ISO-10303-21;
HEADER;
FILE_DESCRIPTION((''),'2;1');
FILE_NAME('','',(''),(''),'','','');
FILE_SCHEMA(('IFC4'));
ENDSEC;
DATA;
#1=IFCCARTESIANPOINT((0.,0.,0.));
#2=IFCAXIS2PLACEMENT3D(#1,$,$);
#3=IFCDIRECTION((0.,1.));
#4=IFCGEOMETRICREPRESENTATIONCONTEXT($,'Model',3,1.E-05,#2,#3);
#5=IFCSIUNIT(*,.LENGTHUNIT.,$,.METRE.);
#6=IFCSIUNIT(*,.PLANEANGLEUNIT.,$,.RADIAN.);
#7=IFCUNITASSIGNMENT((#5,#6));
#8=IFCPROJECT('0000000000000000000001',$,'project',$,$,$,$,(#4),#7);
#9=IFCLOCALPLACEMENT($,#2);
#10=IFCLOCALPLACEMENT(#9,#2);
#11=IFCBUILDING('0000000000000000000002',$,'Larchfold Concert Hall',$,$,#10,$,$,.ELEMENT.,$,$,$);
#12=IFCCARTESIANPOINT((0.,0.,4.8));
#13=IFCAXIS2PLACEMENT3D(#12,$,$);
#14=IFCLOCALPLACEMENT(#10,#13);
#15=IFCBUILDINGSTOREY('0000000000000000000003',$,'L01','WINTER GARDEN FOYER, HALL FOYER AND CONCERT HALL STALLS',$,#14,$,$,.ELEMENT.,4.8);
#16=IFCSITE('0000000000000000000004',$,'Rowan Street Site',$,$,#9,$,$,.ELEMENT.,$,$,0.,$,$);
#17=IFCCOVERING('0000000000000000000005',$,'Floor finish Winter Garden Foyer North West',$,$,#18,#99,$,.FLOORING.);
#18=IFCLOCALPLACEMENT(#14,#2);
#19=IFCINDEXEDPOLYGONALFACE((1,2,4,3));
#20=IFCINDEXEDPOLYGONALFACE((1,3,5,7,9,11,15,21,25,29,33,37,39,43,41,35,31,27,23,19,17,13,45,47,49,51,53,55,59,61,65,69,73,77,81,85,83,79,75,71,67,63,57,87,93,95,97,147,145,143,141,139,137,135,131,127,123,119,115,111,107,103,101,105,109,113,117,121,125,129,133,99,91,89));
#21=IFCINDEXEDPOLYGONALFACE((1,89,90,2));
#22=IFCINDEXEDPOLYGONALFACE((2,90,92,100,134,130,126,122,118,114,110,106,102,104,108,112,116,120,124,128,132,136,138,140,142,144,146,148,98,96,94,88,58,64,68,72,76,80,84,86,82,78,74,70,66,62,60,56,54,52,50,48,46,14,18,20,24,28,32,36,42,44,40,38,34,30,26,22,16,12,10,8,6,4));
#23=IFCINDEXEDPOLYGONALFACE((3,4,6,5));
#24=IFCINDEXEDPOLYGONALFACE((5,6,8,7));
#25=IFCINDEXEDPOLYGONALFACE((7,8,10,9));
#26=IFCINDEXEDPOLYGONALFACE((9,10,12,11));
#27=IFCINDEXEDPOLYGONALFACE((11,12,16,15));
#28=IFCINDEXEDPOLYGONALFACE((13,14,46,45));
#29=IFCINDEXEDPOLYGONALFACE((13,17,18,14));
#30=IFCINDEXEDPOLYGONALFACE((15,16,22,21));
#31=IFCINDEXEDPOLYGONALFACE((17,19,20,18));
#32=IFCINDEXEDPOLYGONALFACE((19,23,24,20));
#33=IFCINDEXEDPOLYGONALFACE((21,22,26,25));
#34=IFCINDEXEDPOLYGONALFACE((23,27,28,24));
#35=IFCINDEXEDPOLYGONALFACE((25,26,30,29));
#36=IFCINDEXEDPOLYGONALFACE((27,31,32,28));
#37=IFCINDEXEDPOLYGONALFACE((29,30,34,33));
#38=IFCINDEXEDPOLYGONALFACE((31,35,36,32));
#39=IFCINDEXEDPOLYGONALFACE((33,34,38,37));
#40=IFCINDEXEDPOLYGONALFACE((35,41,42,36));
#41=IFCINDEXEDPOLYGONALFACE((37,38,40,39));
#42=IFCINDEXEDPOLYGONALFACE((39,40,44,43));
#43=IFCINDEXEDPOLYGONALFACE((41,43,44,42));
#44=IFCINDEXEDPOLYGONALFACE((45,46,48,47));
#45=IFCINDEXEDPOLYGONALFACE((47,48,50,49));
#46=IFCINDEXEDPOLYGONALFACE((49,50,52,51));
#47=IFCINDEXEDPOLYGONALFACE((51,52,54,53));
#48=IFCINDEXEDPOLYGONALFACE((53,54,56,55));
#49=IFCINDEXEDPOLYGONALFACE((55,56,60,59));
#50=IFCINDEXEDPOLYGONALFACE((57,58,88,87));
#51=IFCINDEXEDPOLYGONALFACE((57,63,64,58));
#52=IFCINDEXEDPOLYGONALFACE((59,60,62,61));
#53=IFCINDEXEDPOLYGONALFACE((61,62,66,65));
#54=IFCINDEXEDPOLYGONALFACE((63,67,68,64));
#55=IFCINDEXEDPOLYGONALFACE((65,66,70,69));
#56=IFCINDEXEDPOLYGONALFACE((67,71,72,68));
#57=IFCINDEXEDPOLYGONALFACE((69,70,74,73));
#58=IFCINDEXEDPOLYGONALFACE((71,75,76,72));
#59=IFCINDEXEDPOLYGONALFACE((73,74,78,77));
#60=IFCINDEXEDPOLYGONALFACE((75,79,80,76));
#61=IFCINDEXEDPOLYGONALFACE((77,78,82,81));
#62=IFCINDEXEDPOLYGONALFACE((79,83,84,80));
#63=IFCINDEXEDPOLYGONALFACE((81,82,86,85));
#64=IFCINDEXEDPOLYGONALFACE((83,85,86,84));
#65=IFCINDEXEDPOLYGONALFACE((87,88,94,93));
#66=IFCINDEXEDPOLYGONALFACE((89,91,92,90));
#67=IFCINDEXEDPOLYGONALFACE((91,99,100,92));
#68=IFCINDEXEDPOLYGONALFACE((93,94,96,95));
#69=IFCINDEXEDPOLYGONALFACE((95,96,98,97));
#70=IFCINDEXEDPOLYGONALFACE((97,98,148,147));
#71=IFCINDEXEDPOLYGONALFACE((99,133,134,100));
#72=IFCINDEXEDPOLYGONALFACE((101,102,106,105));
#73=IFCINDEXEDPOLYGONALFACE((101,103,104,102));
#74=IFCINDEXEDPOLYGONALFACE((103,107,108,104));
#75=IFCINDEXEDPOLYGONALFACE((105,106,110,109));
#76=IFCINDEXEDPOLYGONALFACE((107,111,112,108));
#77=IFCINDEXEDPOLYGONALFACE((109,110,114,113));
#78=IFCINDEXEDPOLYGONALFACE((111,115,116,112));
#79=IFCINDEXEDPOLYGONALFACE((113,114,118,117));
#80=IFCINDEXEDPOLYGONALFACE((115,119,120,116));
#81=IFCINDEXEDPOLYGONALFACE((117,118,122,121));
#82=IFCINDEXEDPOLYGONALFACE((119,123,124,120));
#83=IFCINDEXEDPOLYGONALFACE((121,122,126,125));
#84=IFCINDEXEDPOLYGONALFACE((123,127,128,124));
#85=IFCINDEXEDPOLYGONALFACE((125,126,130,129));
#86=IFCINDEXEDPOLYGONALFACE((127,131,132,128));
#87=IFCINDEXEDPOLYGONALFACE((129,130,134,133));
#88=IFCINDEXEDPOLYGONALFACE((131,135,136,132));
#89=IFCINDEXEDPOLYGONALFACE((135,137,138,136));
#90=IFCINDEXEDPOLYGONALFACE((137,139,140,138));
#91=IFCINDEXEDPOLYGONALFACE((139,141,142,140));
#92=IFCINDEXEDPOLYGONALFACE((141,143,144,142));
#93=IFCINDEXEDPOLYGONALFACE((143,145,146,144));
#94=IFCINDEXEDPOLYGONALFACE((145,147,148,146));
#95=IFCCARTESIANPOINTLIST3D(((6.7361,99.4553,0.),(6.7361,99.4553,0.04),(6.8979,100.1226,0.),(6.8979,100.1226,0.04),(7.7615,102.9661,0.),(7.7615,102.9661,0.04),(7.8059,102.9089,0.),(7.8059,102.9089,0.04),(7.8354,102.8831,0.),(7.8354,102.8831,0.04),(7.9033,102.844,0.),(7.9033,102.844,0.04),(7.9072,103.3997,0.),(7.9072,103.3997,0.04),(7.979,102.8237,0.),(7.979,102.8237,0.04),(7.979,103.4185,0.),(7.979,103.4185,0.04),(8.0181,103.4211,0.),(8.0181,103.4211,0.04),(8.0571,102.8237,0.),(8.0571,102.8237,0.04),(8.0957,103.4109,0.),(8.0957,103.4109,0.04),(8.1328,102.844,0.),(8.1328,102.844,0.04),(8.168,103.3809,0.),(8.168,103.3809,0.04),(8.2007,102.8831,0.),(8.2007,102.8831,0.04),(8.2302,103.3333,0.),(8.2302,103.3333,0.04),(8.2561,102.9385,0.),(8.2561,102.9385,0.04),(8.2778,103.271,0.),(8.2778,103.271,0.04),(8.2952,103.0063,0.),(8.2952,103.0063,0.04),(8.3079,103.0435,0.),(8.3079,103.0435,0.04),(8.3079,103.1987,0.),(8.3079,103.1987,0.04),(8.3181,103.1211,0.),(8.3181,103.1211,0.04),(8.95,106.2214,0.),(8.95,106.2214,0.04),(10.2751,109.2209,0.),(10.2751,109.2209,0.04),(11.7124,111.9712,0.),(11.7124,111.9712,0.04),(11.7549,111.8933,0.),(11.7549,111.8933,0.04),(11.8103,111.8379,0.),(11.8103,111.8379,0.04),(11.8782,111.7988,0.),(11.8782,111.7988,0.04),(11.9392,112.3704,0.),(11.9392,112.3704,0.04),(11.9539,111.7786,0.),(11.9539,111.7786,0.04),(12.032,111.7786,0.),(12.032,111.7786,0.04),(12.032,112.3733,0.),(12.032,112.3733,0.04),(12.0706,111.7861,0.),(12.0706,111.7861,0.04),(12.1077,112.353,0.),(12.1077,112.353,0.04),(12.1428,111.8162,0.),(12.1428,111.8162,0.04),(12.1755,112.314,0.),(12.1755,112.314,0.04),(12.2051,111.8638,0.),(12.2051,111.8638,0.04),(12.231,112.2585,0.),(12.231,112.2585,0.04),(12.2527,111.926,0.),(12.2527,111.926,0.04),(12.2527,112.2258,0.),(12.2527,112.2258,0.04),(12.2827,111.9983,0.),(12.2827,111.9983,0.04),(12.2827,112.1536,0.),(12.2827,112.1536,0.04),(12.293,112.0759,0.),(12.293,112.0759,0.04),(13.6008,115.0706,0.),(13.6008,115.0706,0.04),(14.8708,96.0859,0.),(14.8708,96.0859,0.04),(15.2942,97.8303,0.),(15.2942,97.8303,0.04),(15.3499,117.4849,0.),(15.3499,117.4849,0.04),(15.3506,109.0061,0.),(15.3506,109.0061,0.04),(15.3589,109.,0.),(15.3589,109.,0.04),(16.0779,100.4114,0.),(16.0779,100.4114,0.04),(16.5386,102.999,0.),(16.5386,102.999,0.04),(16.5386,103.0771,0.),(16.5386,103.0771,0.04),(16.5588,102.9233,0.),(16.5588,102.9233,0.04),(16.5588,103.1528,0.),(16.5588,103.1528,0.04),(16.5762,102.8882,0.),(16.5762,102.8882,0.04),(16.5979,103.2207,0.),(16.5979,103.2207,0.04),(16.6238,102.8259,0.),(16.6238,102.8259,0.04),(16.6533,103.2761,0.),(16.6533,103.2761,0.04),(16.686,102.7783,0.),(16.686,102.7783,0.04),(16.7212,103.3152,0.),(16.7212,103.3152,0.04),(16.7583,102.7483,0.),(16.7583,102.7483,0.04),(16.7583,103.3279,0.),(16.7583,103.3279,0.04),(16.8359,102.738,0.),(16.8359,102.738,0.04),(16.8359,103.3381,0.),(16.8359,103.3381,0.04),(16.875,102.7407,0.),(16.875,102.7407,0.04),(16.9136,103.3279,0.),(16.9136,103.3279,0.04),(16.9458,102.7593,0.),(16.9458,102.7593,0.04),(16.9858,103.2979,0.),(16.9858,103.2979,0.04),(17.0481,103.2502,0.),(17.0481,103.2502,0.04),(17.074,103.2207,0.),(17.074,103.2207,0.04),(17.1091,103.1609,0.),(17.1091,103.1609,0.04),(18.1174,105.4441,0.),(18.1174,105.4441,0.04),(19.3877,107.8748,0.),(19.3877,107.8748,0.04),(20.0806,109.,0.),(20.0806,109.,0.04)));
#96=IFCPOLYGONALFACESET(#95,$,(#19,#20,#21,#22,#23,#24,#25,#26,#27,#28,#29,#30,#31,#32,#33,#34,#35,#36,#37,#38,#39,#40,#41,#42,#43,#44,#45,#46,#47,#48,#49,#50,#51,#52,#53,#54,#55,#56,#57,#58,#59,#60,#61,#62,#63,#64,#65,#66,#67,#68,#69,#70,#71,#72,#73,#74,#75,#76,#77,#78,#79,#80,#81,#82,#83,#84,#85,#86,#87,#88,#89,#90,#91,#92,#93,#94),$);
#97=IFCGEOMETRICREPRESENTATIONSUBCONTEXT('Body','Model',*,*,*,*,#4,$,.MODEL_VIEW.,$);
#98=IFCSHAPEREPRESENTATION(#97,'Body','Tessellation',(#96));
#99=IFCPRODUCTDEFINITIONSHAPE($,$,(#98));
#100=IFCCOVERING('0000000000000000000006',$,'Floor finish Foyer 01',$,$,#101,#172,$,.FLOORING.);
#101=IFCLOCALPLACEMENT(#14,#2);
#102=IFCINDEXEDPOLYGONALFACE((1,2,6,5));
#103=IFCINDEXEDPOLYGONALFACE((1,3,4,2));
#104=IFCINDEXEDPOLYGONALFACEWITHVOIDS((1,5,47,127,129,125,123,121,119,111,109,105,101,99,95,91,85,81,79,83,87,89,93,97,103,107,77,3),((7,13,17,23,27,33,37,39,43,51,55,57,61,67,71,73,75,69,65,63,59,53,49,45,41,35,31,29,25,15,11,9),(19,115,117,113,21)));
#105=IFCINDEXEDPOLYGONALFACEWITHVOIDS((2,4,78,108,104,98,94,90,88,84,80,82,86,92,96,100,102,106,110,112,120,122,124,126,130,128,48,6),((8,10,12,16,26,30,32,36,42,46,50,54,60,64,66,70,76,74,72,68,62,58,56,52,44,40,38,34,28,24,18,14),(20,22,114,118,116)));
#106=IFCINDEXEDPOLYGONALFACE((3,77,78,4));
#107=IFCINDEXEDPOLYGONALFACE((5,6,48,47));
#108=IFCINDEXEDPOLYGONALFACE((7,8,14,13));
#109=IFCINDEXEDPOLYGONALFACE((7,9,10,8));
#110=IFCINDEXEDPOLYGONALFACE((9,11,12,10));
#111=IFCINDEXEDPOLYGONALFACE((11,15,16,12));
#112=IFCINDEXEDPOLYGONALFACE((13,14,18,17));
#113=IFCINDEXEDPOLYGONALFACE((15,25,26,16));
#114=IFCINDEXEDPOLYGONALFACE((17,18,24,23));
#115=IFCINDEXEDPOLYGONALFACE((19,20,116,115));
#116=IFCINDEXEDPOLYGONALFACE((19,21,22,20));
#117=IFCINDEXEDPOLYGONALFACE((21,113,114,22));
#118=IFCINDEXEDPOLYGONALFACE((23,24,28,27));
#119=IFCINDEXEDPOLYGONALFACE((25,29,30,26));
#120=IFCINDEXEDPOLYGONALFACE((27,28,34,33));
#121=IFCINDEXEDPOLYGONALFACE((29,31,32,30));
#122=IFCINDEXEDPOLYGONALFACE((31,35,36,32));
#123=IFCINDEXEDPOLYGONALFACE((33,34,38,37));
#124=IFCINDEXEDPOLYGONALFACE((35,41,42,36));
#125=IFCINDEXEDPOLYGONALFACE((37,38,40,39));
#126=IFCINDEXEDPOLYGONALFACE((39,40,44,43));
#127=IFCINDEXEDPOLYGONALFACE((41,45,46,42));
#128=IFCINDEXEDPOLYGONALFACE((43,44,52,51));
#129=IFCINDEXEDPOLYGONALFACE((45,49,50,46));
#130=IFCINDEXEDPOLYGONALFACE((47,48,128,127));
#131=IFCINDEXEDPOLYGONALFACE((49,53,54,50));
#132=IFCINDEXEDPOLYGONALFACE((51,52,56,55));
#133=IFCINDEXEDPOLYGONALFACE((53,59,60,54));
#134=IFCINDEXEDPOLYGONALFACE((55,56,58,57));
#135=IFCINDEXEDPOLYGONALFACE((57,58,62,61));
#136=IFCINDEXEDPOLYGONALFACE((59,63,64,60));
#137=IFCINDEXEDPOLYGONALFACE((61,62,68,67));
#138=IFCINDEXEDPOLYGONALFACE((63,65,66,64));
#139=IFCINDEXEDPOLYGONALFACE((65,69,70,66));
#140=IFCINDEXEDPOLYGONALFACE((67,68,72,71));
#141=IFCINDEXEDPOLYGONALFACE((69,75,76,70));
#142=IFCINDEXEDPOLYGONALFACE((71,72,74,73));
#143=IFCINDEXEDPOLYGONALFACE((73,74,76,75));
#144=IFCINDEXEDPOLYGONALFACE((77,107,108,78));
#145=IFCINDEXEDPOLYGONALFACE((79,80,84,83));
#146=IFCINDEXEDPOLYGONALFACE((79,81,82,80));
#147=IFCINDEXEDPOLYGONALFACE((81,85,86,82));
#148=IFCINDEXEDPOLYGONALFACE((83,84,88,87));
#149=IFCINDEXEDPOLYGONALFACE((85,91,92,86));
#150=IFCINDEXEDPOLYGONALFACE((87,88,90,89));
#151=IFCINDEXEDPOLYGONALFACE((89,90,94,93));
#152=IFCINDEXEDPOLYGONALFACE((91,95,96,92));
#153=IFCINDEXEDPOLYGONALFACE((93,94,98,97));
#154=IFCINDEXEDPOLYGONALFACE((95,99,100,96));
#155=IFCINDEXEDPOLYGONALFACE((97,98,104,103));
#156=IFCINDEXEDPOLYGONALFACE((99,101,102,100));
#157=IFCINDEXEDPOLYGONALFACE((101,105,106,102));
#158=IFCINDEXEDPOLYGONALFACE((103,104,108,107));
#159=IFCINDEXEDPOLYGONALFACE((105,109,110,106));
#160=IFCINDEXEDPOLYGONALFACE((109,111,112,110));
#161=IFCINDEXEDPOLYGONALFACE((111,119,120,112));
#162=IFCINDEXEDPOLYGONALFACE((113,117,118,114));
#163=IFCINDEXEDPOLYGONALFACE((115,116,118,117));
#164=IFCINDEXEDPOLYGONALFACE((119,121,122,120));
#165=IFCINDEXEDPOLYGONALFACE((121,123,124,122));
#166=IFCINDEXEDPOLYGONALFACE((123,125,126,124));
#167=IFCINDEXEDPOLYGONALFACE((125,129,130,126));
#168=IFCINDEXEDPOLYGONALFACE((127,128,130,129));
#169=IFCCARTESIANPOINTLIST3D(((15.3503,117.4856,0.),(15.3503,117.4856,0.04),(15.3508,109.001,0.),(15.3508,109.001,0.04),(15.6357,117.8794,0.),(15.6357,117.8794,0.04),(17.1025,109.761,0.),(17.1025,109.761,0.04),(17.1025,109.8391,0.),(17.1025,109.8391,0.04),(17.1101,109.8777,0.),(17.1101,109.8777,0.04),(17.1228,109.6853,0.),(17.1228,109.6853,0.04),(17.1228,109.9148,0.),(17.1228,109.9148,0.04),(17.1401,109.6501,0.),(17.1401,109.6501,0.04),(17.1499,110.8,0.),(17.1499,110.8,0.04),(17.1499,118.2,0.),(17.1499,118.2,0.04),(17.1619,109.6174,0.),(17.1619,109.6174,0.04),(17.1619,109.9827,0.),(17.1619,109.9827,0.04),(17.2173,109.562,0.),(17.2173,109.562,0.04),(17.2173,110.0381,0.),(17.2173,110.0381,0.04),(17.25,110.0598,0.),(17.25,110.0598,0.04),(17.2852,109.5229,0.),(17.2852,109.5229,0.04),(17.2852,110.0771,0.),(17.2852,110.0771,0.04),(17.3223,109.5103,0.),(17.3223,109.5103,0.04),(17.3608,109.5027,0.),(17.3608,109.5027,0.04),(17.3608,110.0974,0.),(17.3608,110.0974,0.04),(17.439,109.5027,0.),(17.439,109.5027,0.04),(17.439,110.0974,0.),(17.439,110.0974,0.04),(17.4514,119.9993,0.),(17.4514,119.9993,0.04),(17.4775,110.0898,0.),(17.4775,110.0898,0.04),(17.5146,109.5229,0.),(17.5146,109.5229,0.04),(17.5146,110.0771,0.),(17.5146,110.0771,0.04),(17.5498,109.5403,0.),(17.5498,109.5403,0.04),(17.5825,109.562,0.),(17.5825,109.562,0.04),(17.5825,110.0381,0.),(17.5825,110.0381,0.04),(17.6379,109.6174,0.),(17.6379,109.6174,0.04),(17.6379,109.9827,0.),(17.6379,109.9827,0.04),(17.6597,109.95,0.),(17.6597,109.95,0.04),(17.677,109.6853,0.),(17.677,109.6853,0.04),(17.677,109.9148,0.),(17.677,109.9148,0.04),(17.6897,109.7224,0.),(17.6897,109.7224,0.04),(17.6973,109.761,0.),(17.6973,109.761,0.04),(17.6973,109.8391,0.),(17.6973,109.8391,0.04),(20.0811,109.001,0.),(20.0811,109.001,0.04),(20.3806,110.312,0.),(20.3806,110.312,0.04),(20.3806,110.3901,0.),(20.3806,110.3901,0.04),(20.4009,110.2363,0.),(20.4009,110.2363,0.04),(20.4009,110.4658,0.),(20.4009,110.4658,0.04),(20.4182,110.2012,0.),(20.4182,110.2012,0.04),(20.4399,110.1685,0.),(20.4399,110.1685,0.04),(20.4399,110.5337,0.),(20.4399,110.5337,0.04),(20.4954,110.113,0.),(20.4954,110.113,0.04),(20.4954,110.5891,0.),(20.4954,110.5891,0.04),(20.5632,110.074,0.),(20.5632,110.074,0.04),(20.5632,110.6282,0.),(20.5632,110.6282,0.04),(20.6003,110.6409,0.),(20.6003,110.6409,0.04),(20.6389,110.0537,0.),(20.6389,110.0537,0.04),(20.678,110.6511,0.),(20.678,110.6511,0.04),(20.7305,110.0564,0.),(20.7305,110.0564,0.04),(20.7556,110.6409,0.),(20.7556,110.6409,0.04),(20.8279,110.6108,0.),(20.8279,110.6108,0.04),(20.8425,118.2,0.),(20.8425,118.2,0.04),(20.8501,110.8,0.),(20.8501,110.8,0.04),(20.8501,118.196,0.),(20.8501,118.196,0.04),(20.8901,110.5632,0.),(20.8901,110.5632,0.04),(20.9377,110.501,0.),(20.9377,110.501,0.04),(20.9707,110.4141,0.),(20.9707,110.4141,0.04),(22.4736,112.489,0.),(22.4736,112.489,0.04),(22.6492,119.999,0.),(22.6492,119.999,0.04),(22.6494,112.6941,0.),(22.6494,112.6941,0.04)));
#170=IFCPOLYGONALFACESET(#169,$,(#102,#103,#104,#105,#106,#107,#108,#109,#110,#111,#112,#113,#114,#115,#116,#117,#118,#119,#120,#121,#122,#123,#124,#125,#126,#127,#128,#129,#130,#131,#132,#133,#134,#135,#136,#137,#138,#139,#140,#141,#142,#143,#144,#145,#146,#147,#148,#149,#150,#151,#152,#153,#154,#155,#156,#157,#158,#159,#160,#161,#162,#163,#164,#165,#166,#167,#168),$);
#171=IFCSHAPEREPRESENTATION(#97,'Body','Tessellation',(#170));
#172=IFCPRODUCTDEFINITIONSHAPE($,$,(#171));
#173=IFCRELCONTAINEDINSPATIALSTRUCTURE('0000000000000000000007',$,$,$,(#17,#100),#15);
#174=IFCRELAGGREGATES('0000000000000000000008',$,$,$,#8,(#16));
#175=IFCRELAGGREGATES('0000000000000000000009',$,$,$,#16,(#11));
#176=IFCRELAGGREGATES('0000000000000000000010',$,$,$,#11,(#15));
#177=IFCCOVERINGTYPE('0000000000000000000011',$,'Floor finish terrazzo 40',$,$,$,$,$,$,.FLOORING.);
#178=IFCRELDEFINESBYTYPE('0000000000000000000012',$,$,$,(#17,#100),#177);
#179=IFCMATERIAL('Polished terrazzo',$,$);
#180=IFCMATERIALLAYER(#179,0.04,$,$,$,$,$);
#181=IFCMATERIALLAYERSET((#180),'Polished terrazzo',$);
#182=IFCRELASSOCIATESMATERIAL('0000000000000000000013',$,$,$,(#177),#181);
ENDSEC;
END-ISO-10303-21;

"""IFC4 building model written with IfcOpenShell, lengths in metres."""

from ifc_helpers import new_model, si_unit, direction, frame, origin, place, context, subcontext, project, spatial, polyline, outline, extrude, material, layer, layer_set, type_object, element, save


model = new_model("IFC4")

# Units and contexts
model_context = context("Model", 3, precision=1e-05, world=origin(), true_north=direction((0.0, 1.0)))
body_context = subcontext(model_context, "Body", "Model", "MODEL_VIEW")
ifc_project = project(units=[si_unit("LENGTHUNIT", "METRE"), si_unit("PLANEANGLEUNIT", "RADIAN")], contexts=[model_context])

# Site, building, storey
site_placement = place(None, origin())
site = spatial("IfcSite", under=ifc_project, at=site_placement, Name="Rowan Street Site", CompositionType="ELEMENT", RefElevation=0.0)
building_placement = place(site_placement, origin())
building = spatial("IfcBuilding", under=site, at=building_placement, Name="Larchfold Concert Hall", CompositionType="ELEMENT")
storey_placement = place(building_placement, frame((0.0, 0.0, 4.8)))
storey = spatial("IfcBuildingStorey", under=building, at=storey_placement, Name="L01", Description="WINTER GARDEN FOYER, HALL FOYER AND CONCERT HALL STALLS", CompositionType="ELEMENT", Elevation=4.8)

# Coverings
ifc_material_1 = material(Name="Polished terrazzo")
ifc_layer_1 = layer(ifc_material_1, 0.04)
ifc_layer_set_1 = layer_set([ifc_layer_1], Name="Polished terrazzo")
covering_type_1 = type_object("IfcCoveringType", Name="Floor finish terrazzo 40", PredefinedType="FLOORING", material=ifc_layer_set_1)
covering_1_placement = place(storey_placement, origin())
element("IfcCovering", 1, at=covering_1_placement, inside=storey, type_object=covering_type_1, Name="Floor finish Winter Garden Foyer North West", PredefinedType="FLOORING", context=body_context, shape_type="SweptSolid", body=[
    extrude(outline(polyline([(6.8979, 100.1226), (6.7361, 99.4553), (14.8708, 96.0859), (15.2942, 97.8303), (16.0779, 100.4114), (16.9458, 102.7593), (16.875, 102.7407), (16.8359, 102.738), (16.7583, 102.7483), (16.686, 102.7783), (16.6238, 102.8259), (16.5762, 102.8882), (16.5588, 102.9233), (16.5386, 102.999), (16.5386, 103.0771), (16.5588, 103.1528), (16.5979, 103.2207), (16.6533, 103.2761), (16.7212, 103.3152), (16.7583, 103.3279), (16.8359, 103.3381), (16.9136, 103.3279), (16.9858, 103.2979), (17.0481, 103.2502), (17.074, 103.2207), (17.1091, 103.1609), (18.1174, 105.4441), (19.3877, 107.8748), (20.0806, 109.0), (15.3589, 109.0), (15.3506, 109.0061), (15.3499, 117.4849), (13.6008, 115.0706), (11.9392, 112.3704), (12.032, 112.3733), (12.1077, 112.353), (12.1755, 112.314), (12.231, 112.2585), (12.2527, 112.2258), (12.2827, 112.1536), (12.293, 112.0759), (12.2827, 111.9983), (12.2527, 111.926), (12.2051, 111.8638), (12.1428, 111.8162), (12.0706, 111.7861), (12.032, 111.7786), (11.9539, 111.7786), (11.8782, 111.7988), (11.8103, 111.8379), (11.7549, 111.8933), (11.7124, 111.9712), (10.2751, 109.2209), (8.95, 106.2214), (7.9072, 103.3997), (7.979, 103.4185), (8.0181, 103.4211), (8.0957, 103.4109), (8.168, 103.3809), (8.2302, 103.3333), (8.2778, 103.271), (8.3079, 103.1987), (8.3181, 103.1211), (8.3079, 103.0435), (8.2952, 103.0063), (8.2561, 102.9385), (8.2007, 102.8831), (8.1328, 102.844), (8.0571, 102.8237), (7.979, 102.8237), (7.9033, 102.844), (7.8354, 102.8831), (7.8059, 102.9089), (7.7615, 102.9661), (6.8979, 100.1226)])), origin(), (0.0, 0.0, 1.0), 0.04),
])
covering_2_placement = place(storey_placement, origin())
element("IfcCovering", 2, at=covering_2_placement, inside=storey, type_object=covering_type_1, Name="Floor finish Foyer 01", PredefinedType="FLOORING", context=body_context, shape_type="SweptSolid", body=[
    extrude(outline(polyline([(20.0811, 109.001), (20.7305, 110.0564), (20.6389, 110.0537), (20.5632, 110.074), (20.4954, 110.113), (20.4399, 110.1685), (20.4182, 110.2012), (20.4009, 110.2363), (20.3806, 110.312), (20.3806, 110.3901), (20.4009, 110.4658), (20.4399, 110.5337), (20.4954, 110.5891), (20.5632, 110.6282), (20.6003, 110.6409), (20.678, 110.6511), (20.7556, 110.6409), (20.8279, 110.6108), (20.8901, 110.5632), (20.9377, 110.501), (20.9707, 110.4141), (22.4736, 112.489), (22.6494, 112.6941), (22.6492, 119.999), (17.4514, 119.9993), (15.6357, 117.8794), (15.3503, 117.4856), (15.3508, 109.001), (20.0811, 109.001)]), holes=[polyline([(17.1499, 110.8), (17.1499, 118.2), (20.8425, 118.2), (20.8501, 118.196), (20.8501, 110.8), (17.1499, 110.8)]), polyline([(17.2173, 109.562), (17.1619, 109.6174), (17.1401, 109.6501), (17.1228, 109.6853), (17.1025, 109.761), (17.1025, 109.8391), (17.1101, 109.8777), (17.1228, 109.9148), (17.1619, 109.9827), (17.2173, 110.0381), (17.25, 110.0598), (17.2852, 110.0771), (17.3608, 110.0974), (17.439, 110.0974), (17.4775, 110.0898), (17.5146, 110.0771), (17.5825, 110.0381), (17.6379, 109.9827), (17.6597, 109.95), (17.677, 109.9148), (17.6973, 109.8391), (17.6973, 109.761), (17.6897, 109.7224), (17.677, 109.6853), (17.6379, 109.6174), (17.5825, 109.562), (17.5498, 109.5403), (17.5146, 109.5229), (17.439, 109.5027), (17.3608, 109.5027), (17.3223, 109.5103), (17.2852, 109.5229), (17.2173, 109.562)])]), origin(), (0.0, 0.0, 1.0), 0.04),
])

save(model, "model.ifc")
